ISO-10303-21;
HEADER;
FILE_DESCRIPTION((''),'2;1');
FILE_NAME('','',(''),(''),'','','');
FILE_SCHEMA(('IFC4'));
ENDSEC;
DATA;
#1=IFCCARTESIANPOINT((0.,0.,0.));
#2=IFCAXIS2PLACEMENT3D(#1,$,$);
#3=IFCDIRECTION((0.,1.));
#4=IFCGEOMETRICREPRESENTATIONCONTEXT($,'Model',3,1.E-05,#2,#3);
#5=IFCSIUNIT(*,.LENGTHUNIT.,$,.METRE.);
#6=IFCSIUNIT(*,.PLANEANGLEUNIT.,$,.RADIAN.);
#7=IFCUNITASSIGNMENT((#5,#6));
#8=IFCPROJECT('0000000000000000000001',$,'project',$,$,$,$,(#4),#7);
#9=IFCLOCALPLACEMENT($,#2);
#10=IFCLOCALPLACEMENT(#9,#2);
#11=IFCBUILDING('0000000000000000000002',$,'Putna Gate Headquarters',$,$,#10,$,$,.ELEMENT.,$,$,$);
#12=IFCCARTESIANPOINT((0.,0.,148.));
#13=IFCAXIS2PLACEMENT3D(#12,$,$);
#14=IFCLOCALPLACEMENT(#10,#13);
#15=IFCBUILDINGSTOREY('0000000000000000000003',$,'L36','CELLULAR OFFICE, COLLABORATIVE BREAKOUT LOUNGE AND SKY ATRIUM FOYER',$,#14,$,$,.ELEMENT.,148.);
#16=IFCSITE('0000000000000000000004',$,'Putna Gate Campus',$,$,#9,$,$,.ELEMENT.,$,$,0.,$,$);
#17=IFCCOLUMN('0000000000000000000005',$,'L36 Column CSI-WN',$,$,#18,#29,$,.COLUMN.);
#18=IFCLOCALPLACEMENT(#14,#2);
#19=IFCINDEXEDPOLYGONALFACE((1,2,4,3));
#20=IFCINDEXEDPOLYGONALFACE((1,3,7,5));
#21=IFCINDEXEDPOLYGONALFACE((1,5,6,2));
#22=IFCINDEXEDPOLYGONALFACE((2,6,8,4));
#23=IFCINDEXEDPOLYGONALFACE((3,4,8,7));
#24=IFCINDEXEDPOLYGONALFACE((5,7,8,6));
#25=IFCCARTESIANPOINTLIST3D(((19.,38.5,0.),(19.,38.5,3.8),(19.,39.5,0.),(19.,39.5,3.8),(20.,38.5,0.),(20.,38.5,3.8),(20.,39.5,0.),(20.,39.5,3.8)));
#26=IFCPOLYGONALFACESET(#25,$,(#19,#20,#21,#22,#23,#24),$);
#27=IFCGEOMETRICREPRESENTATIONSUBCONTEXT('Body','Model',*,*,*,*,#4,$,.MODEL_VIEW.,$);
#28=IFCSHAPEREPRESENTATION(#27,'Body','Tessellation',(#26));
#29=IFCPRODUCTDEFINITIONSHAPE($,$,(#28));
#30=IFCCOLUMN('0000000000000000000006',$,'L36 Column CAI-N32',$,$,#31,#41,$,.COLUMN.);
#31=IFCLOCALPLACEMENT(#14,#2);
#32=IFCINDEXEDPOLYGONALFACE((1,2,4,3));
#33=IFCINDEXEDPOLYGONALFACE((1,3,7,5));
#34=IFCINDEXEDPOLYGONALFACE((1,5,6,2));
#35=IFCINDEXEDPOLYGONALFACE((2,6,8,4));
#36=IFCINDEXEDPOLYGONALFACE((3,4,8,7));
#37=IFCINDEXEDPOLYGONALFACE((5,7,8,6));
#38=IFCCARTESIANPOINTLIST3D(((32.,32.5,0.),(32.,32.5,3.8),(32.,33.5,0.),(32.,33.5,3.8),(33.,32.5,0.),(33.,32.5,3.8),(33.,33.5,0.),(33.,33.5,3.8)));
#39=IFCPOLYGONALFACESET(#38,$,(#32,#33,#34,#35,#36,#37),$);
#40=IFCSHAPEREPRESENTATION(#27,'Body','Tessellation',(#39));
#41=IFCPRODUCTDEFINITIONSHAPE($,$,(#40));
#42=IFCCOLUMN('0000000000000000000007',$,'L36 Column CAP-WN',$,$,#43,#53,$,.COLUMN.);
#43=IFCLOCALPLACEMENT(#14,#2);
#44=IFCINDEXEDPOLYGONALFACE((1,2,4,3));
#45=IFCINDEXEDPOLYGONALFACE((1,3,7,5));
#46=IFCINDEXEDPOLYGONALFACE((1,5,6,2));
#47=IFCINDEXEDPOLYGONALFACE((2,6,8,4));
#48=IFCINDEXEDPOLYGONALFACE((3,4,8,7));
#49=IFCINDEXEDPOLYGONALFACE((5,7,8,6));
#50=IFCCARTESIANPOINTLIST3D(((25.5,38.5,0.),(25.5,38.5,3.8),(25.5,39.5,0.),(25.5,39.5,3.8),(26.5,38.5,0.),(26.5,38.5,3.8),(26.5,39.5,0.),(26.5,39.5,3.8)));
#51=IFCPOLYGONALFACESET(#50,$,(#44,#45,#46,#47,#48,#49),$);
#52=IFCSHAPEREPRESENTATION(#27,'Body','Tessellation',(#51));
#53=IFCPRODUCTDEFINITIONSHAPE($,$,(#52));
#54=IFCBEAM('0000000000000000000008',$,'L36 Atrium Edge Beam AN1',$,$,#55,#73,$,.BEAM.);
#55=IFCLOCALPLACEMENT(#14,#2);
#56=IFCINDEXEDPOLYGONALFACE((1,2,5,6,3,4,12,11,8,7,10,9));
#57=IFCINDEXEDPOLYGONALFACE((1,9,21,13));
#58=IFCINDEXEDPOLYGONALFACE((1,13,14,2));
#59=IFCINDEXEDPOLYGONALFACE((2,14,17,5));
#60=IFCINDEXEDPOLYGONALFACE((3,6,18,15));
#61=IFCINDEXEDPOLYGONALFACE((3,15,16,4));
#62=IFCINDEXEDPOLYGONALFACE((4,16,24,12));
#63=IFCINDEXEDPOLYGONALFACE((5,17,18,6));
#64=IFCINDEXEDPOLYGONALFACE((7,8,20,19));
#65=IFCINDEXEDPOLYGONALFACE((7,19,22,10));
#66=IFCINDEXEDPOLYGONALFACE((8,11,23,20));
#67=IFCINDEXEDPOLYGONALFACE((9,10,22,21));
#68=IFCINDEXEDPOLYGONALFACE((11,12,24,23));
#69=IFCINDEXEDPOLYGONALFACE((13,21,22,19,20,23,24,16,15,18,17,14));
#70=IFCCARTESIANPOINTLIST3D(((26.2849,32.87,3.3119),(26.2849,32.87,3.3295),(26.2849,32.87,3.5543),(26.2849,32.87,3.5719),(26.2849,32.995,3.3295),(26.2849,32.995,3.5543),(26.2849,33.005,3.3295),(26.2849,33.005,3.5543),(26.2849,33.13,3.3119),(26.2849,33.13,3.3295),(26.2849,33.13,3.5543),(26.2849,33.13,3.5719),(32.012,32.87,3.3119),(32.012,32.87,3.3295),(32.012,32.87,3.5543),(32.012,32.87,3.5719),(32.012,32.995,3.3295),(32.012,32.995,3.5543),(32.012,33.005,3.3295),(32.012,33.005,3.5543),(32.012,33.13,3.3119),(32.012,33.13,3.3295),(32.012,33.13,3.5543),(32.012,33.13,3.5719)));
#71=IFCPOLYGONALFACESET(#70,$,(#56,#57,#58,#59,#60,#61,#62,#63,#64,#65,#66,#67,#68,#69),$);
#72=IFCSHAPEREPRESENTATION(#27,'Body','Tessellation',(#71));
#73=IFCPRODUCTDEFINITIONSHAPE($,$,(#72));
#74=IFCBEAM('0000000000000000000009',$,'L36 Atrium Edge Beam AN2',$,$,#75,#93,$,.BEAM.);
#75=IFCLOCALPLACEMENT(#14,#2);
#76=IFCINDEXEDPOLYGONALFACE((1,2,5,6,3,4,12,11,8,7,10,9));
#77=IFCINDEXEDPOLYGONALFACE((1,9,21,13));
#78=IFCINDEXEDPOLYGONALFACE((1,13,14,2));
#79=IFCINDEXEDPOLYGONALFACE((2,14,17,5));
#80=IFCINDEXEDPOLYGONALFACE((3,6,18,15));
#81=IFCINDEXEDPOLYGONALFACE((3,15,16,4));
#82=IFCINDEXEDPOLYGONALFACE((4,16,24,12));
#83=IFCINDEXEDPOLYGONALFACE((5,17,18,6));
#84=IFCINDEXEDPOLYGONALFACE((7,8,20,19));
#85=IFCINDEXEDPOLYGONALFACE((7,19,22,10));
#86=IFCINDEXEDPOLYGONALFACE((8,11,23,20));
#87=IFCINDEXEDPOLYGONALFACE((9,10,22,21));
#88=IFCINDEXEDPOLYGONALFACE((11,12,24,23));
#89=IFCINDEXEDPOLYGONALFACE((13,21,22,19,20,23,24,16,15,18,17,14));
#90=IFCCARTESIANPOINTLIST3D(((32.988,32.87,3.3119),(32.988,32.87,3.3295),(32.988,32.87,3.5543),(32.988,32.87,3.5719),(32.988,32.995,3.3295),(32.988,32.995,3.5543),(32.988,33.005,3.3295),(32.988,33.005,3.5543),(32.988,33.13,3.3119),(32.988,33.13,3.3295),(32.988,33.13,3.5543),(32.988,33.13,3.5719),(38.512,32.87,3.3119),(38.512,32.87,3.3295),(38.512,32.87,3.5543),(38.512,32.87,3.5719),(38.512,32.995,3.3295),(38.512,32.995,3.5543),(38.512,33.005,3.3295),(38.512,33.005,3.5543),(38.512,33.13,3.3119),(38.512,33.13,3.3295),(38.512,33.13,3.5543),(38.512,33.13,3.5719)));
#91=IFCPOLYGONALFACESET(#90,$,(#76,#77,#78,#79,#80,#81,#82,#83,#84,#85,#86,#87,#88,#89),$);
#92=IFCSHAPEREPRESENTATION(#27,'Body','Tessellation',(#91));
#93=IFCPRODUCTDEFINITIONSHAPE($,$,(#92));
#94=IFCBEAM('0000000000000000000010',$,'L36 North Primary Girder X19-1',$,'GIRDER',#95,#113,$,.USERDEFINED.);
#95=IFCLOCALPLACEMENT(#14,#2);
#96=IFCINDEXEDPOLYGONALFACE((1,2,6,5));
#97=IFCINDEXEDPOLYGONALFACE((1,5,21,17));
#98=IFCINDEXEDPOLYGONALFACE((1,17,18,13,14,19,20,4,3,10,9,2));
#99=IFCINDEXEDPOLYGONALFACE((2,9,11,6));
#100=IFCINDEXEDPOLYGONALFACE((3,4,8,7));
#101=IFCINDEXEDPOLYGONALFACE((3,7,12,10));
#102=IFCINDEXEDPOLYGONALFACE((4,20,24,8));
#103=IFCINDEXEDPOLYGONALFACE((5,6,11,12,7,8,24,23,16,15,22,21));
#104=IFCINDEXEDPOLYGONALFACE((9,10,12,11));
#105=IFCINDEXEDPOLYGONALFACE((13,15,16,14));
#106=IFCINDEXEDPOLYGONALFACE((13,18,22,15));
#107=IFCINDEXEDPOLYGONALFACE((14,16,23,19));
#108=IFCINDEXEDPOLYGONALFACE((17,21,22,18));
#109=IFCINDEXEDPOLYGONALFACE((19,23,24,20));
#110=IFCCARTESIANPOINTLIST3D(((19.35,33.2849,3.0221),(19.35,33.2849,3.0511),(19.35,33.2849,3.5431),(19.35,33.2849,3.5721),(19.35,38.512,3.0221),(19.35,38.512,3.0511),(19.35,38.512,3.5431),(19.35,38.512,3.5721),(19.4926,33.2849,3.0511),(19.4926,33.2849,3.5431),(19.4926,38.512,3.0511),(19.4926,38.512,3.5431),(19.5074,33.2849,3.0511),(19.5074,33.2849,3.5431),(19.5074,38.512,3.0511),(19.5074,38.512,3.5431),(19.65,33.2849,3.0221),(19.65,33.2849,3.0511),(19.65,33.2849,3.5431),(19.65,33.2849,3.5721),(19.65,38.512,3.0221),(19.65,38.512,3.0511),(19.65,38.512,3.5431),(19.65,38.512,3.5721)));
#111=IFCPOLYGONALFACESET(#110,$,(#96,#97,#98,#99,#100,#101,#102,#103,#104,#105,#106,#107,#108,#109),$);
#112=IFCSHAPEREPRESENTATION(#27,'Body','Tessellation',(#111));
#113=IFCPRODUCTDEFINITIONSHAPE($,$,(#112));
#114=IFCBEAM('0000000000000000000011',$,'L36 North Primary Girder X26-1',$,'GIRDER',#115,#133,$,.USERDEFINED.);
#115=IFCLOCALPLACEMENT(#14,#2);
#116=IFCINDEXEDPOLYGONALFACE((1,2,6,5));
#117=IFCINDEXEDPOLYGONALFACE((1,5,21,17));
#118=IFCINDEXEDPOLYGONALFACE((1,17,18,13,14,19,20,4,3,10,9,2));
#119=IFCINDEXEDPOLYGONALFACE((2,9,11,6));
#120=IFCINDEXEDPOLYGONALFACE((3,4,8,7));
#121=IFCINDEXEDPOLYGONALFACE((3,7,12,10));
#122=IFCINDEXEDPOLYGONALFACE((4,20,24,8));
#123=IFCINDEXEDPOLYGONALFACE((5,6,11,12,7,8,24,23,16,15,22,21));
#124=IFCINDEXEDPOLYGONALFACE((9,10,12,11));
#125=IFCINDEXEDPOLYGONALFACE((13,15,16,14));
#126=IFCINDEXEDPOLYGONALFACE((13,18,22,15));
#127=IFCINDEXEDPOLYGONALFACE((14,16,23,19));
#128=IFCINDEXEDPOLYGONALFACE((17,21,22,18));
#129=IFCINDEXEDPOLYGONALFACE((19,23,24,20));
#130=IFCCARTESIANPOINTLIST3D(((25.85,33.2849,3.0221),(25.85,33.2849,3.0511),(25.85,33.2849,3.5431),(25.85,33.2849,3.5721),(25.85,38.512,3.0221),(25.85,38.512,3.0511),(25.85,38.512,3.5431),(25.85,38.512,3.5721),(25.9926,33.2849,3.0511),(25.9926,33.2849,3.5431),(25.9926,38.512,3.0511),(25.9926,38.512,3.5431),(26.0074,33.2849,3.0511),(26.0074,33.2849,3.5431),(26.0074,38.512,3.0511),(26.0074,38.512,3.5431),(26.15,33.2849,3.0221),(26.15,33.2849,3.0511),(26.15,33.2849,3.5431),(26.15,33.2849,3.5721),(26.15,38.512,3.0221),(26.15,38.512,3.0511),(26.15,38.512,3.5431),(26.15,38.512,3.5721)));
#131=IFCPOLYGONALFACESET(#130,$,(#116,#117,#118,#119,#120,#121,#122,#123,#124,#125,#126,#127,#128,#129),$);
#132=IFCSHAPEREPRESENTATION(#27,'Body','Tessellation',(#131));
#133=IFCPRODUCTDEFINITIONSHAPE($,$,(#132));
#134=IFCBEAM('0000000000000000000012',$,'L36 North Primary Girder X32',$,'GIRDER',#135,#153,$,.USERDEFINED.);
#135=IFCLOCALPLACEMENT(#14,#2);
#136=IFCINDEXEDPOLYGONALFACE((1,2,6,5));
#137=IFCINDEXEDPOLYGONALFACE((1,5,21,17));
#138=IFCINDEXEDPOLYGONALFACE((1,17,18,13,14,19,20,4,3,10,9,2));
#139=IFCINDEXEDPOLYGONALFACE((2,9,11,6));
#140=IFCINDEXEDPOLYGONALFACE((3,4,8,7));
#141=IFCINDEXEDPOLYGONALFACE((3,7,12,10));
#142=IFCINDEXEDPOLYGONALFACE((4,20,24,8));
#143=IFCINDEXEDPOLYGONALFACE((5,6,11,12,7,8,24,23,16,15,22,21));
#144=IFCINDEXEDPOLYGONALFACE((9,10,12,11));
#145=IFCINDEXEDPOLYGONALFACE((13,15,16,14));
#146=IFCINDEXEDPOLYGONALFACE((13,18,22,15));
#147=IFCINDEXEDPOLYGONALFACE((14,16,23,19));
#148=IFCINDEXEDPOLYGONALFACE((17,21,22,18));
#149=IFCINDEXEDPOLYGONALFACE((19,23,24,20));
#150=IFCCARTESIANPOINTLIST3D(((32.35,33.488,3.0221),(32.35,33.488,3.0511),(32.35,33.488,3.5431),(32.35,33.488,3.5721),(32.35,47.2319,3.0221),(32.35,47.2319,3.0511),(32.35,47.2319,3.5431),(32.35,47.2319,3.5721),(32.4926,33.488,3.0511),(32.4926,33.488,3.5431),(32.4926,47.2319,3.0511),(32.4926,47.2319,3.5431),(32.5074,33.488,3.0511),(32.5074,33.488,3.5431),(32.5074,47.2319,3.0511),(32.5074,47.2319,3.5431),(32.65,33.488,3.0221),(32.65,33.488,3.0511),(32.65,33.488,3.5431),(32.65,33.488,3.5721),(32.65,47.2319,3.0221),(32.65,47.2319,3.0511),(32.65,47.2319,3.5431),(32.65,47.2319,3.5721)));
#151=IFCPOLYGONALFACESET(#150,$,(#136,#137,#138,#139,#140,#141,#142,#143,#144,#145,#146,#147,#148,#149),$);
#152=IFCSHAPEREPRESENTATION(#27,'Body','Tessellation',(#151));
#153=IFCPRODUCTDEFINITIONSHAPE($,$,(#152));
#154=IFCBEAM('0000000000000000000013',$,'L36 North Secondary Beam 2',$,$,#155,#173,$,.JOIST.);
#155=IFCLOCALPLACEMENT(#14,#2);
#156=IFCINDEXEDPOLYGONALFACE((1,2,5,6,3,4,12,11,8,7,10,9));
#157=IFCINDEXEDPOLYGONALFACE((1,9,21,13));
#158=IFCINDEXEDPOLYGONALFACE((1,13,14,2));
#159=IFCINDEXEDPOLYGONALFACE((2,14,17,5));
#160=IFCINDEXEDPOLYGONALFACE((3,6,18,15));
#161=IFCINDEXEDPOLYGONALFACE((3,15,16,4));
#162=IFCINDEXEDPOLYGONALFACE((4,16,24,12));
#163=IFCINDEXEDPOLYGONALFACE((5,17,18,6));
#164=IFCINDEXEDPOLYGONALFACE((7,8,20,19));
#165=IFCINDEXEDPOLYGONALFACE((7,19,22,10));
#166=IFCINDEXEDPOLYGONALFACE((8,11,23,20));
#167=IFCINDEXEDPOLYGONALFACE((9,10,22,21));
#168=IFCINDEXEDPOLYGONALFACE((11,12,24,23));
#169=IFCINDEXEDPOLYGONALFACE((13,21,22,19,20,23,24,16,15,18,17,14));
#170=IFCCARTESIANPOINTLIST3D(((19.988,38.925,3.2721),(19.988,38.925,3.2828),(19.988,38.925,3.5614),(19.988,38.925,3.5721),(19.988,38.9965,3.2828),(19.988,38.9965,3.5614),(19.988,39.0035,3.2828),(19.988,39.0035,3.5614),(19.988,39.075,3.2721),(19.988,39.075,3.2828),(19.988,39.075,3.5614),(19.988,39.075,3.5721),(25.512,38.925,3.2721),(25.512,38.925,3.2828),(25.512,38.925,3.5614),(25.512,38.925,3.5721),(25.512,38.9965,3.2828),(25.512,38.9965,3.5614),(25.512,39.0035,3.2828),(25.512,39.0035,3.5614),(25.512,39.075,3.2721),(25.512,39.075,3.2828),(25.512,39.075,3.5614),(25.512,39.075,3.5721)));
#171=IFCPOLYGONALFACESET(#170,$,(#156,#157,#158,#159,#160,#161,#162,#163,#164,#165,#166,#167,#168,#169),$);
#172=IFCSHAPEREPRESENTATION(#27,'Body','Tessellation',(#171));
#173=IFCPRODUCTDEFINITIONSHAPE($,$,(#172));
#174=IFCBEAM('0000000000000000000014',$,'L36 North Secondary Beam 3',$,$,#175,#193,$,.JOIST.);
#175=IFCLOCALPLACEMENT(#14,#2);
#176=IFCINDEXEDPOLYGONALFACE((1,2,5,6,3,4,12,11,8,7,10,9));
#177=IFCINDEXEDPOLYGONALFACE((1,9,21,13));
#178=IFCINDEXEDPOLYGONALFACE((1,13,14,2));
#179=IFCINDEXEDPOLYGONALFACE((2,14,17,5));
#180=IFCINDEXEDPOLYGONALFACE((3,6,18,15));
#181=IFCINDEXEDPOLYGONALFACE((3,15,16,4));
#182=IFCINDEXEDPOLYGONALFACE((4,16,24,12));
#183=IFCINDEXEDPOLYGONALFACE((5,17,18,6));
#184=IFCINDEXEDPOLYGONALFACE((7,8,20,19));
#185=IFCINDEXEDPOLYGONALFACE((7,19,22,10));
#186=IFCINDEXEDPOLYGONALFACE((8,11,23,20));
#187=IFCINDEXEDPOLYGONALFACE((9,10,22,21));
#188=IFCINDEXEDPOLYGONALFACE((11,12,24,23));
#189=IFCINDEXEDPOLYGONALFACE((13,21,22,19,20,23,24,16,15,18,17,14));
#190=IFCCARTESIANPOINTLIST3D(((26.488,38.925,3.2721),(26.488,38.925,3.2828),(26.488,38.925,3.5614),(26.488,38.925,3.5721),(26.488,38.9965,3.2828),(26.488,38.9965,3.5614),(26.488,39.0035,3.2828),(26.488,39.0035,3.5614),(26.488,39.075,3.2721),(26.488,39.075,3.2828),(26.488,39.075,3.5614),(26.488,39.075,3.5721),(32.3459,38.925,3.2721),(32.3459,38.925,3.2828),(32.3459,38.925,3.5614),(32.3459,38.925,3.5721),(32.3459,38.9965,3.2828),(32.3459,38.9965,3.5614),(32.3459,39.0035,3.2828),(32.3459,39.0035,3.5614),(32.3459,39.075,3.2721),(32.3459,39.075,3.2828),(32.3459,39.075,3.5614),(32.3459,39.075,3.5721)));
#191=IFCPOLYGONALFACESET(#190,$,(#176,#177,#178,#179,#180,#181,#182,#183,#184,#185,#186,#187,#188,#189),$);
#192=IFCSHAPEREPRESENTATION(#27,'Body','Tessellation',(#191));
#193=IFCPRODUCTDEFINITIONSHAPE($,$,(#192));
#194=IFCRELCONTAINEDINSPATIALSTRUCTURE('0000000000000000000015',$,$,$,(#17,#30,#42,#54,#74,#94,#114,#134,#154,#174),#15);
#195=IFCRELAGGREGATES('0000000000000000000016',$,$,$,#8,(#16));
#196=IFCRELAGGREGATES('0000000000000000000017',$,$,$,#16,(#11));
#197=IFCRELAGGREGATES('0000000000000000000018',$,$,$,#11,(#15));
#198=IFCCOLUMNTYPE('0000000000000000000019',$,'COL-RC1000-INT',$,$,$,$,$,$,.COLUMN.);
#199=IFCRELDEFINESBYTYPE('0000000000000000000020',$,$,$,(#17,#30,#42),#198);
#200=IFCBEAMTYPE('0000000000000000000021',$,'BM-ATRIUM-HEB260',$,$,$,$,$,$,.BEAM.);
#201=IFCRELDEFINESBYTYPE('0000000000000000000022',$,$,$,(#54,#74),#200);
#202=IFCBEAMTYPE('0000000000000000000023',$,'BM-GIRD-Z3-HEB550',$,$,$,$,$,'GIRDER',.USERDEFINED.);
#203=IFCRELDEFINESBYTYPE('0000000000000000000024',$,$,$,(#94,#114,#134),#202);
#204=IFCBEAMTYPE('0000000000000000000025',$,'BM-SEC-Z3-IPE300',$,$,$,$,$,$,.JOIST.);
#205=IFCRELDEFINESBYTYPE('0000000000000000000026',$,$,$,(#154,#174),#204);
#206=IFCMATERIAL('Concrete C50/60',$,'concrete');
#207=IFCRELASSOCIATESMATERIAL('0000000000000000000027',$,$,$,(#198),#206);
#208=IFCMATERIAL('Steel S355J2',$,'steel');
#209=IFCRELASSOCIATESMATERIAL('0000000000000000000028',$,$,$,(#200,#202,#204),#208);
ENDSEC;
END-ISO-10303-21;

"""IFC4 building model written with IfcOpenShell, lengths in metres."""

from ifc_helpers import new_model, si_unit, direction, frame, origin, origin_2d, place, context, subcontext, project, spatial, rectangle, i_section, extrude, material, material_profile, profile_set, type_object, element, save


model = new_model("IFC4")

# Units and contexts
model_context = context("Model", 3, precision=1e-05, world=origin(), true_north=direction((0.0, 1.0)))
body_context = subcontext(model_context, "Body", "Model", "MODEL_VIEW")
ifc_project = project(units=[si_unit("LENGTHUNIT", "METRE"), si_unit("PLANEANGLEUNIT", "RADIAN")], contexts=[model_context])

# Site, building, storey
site_placement = place(None, origin())
site = spatial("IfcSite", under=ifc_project, at=site_placement, Name="Putna Gate Campus", CompositionType="ELEMENT", RefElevation=0.0)
building_placement = place(site_placement, origin())
building = spatial("IfcBuilding", under=site, at=building_placement, Name="Putna Gate Headquarters", CompositionType="ELEMENT")
storey_placement = place(building_placement, frame((0.0, 0.0, 148.0)))
storey = spatial("IfcBuildingStorey", under=building, at=storey_placement, Name="L36", Description="CELLULAR OFFICE, COLLABORATIVE BREAKOUT LOUNGE AND SKY ATRIUM FOYER", CompositionType="ELEMENT", Elevation=148.0)

# Columns
ifc_material_1 = material(Name="Concrete C50/60", Category="concrete")
ifc_material_profile_1 = material_profile(ifc_material_1, rectangle(XDim=1.0, YDim=1.0, at=origin_2d()), Name="Concrete C50/60")
ifc_profile_set_1 = profile_set([ifc_material_profile_1], Name="Concrete C50/60")
column_type = type_object("IfcColumnType", Name="COL-RC1000-INT", PredefinedType="COLUMN", material=ifc_profile_set_1)
for number, where, z_axis, x_axis, name in (
    (1, (19.5, 39.0, 0.0), (0.0, 0.0, 1.0), (1.0, 0.0, 0.0), "L36 Column CSI-WN"),
    (2, (32.5, 33.0, 0.0), (0.0, 0.0, 1.0), (1.0, 0.0, 0.0), "L36 Column CAI-N32"),
    (3, (26.0, 39.0, 0.0), (0.0, 0.0, 1.0), (1.0, 0.0, 0.0), "L36 Column CAP-WN"),
):
    element("IfcColumn", number, at=place(storey_placement, frame(where, z_axis=z_axis, x_axis=x_axis)), inside=storey, type_object=column_type, Name=name, PredefinedType="COLUMN", context=body_context, shape_type="SweptSolid", body=[
        extrude(rectangle(XDim=1.0, YDim=1.0, at=origin_2d()), origin(), (0.0, 0.0, 1.0), 3.8),
    ])

# Beams
ifc_material_2 = material(Name="Steel S355J2", Category="steel")
ifc_material_profile_2 = material_profile(ifc_material_2, i_section(OverallWidth=0.26, OverallDepth=0.26, WebThickness=0.01, FlangeThickness=0.0176, at=origin_2d()), Name="Steel S355J2")
ifc_profile_set_2 = profile_set([ifc_material_profile_2], Name="Steel S355J2")
beam_type_1 = type_object("IfcBeamType", Name="BM-ATRIUM-HEB260", PredefinedType="BEAM", material=ifc_profile_set_2)
beam_1_placement = place(storey_placement, frame((26.2849, 33.0, 3.4419), z_axis=(1.0, 0.0, 0.0), x_axis=(0.0, 1.0, 0.0)))
element("IfcBeam", 4, at=beam_1_placement, inside=storey, type_object=beam_type_1, Name="L36 Atrium Edge Beam AN1", PredefinedType="BEAM", context=body_context, shape_type="SweptSolid", body=[
    extrude(i_section(OverallWidth=0.26, OverallDepth=0.26, WebThickness=0.01, FlangeThickness=0.0176, at=origin_2d()), origin(), (0.0, 0.0, 1.0), 5.7271),
])
beam_2_placement = place(storey_placement, frame((32.988, 33.0, 3.4419), z_axis=(1.0, 0.0, 0.0), x_axis=(0.0, 1.0, 0.0)))
element("IfcBeam", 5, at=beam_2_placement, inside=storey, type_object=beam_type_1, Name="L36 Atrium Edge Beam AN2", PredefinedType="BEAM", context=body_context, shape_type="SweptSolid", body=[
    extrude(i_section(OverallWidth=0.26, OverallDepth=0.26, WebThickness=0.01, FlangeThickness=0.0176, at=origin_2d()), origin(), (0.0, 0.0, 1.0), 5.5239),
])
ifc_material_profile_3 = material_profile(ifc_material_2, i_section(OverallWidth=0.3, OverallDepth=0.55, WebThickness=0.0149, FlangeThickness=0.0291, at=origin_2d()), Name="Steel S355J2")
ifc_profile_set_3 = profile_set([ifc_material_profile_3], Name="Steel S355J2")
beam_type_2 = type_object("IfcBeamType", Name="BM-GIRD-Z3-HEB550", ElementType="GIRDER", PredefinedType="USERDEFINED", material=ifc_profile_set_3)
for number, where, z_axis, x_axis, name in (
    (6, (19.5, 33.2849, 3.2971), (0.0, 1.0, 0.0), (-1.0, 0.0, 0.0), "L36 North Primary Girder X19-1"),
    (7, (26.0, 33.2849, 3.2971), (0.0, 1.0, 0.0), (-1.0, 0.0, 0.0), "L36 North Primary Girder X26-1"),
):
    element("IfcBeam", number, at=place(storey_placement, frame(where, z_axis=z_axis, x_axis=x_axis)), inside=storey, type_object=beam_type_2, Name=name, ObjectType="GIRDER", PredefinedType="USERDEFINED", context=body_context, shape_type="SweptSolid", body=[
        extrude(i_section(OverallWidth=0.3, OverallDepth=0.55, WebThickness=0.0149, FlangeThickness=0.0291, at=origin_2d()), origin(), (0.0, 0.0, 1.0), 5.2271),
    ])
beam_3_placement = place(storey_placement, frame((32.5, 33.488, 3.2971), z_axis=(0.0, 1.0, 0.0), x_axis=(-1.0, 0.0, 0.0)))
element("IfcBeam", 8, at=beam_3_placement, inside=storey, type_object=beam_type_2, Name="L36 North Primary Girder X32", ObjectType="GIRDER", PredefinedType="USERDEFINED", context=body_context, shape_type="SweptSolid", body=[
    extrude(i_section(OverallWidth=0.3, OverallDepth=0.55, WebThickness=0.0149, FlangeThickness=0.0291, at=origin_2d()), origin(), (0.0, 0.0, 1.0), 13.7439),
])
ifc_material_profile_4 = material_profile(ifc_material_2, i_section(OverallWidth=0.1499, OverallDepth=0.3, WebThickness=0.0071, FlangeThickness=0.0107, at=origin_2d()), Name="Steel S355J2")
ifc_profile_set_4 = profile_set([ifc_material_profile_4], Name="Steel S355J2")
beam_type_3 = type_object("IfcBeamType", Name="BM-SEC-Z3-IPE300", PredefinedType="JOIST", material=ifc_profile_set_4)
beam_4_placement = place(storey_placement, frame((19.988, 39.0, 3.4221), z_axis=(1.0, 0.0, 0.0), x_axis=(0.0, 1.0, 0.0)))
element("IfcBeam", 9, at=beam_4_placement, inside=storey, type_object=beam_type_3, Name="L36 North Secondary Beam 2", PredefinedType="JOIST", context=body_context, shape_type="SweptSolid", body=[
    extrude(i_section(OverallWidth=0.1499, OverallDepth=0.3, WebThickness=0.0071, FlangeThickness=0.0107, at=origin_2d()), origin(), (0.0, 0.0, 1.0), 5.5239),
])
beam_5_placement = place(storey_placement, frame((26.488, 39.0, 3.4221), z_axis=(1.0, 0.0, 0.0), x_axis=(0.0, 1.0, 0.0)))
element("IfcBeam", 10, at=beam_5_placement, inside=storey, type_object=beam_type_3, Name="L36 North Secondary Beam 3", PredefinedType="JOIST", context=body_context, shape_type="SweptSolid", body=[
    extrude(i_section(OverallWidth=0.1499, OverallDepth=0.3, WebThickness=0.0071, FlangeThickness=0.0107, at=origin_2d()), origin(), (0.0, 0.0, 1.0), 5.8579),
])

save(model, "model.ifc")
